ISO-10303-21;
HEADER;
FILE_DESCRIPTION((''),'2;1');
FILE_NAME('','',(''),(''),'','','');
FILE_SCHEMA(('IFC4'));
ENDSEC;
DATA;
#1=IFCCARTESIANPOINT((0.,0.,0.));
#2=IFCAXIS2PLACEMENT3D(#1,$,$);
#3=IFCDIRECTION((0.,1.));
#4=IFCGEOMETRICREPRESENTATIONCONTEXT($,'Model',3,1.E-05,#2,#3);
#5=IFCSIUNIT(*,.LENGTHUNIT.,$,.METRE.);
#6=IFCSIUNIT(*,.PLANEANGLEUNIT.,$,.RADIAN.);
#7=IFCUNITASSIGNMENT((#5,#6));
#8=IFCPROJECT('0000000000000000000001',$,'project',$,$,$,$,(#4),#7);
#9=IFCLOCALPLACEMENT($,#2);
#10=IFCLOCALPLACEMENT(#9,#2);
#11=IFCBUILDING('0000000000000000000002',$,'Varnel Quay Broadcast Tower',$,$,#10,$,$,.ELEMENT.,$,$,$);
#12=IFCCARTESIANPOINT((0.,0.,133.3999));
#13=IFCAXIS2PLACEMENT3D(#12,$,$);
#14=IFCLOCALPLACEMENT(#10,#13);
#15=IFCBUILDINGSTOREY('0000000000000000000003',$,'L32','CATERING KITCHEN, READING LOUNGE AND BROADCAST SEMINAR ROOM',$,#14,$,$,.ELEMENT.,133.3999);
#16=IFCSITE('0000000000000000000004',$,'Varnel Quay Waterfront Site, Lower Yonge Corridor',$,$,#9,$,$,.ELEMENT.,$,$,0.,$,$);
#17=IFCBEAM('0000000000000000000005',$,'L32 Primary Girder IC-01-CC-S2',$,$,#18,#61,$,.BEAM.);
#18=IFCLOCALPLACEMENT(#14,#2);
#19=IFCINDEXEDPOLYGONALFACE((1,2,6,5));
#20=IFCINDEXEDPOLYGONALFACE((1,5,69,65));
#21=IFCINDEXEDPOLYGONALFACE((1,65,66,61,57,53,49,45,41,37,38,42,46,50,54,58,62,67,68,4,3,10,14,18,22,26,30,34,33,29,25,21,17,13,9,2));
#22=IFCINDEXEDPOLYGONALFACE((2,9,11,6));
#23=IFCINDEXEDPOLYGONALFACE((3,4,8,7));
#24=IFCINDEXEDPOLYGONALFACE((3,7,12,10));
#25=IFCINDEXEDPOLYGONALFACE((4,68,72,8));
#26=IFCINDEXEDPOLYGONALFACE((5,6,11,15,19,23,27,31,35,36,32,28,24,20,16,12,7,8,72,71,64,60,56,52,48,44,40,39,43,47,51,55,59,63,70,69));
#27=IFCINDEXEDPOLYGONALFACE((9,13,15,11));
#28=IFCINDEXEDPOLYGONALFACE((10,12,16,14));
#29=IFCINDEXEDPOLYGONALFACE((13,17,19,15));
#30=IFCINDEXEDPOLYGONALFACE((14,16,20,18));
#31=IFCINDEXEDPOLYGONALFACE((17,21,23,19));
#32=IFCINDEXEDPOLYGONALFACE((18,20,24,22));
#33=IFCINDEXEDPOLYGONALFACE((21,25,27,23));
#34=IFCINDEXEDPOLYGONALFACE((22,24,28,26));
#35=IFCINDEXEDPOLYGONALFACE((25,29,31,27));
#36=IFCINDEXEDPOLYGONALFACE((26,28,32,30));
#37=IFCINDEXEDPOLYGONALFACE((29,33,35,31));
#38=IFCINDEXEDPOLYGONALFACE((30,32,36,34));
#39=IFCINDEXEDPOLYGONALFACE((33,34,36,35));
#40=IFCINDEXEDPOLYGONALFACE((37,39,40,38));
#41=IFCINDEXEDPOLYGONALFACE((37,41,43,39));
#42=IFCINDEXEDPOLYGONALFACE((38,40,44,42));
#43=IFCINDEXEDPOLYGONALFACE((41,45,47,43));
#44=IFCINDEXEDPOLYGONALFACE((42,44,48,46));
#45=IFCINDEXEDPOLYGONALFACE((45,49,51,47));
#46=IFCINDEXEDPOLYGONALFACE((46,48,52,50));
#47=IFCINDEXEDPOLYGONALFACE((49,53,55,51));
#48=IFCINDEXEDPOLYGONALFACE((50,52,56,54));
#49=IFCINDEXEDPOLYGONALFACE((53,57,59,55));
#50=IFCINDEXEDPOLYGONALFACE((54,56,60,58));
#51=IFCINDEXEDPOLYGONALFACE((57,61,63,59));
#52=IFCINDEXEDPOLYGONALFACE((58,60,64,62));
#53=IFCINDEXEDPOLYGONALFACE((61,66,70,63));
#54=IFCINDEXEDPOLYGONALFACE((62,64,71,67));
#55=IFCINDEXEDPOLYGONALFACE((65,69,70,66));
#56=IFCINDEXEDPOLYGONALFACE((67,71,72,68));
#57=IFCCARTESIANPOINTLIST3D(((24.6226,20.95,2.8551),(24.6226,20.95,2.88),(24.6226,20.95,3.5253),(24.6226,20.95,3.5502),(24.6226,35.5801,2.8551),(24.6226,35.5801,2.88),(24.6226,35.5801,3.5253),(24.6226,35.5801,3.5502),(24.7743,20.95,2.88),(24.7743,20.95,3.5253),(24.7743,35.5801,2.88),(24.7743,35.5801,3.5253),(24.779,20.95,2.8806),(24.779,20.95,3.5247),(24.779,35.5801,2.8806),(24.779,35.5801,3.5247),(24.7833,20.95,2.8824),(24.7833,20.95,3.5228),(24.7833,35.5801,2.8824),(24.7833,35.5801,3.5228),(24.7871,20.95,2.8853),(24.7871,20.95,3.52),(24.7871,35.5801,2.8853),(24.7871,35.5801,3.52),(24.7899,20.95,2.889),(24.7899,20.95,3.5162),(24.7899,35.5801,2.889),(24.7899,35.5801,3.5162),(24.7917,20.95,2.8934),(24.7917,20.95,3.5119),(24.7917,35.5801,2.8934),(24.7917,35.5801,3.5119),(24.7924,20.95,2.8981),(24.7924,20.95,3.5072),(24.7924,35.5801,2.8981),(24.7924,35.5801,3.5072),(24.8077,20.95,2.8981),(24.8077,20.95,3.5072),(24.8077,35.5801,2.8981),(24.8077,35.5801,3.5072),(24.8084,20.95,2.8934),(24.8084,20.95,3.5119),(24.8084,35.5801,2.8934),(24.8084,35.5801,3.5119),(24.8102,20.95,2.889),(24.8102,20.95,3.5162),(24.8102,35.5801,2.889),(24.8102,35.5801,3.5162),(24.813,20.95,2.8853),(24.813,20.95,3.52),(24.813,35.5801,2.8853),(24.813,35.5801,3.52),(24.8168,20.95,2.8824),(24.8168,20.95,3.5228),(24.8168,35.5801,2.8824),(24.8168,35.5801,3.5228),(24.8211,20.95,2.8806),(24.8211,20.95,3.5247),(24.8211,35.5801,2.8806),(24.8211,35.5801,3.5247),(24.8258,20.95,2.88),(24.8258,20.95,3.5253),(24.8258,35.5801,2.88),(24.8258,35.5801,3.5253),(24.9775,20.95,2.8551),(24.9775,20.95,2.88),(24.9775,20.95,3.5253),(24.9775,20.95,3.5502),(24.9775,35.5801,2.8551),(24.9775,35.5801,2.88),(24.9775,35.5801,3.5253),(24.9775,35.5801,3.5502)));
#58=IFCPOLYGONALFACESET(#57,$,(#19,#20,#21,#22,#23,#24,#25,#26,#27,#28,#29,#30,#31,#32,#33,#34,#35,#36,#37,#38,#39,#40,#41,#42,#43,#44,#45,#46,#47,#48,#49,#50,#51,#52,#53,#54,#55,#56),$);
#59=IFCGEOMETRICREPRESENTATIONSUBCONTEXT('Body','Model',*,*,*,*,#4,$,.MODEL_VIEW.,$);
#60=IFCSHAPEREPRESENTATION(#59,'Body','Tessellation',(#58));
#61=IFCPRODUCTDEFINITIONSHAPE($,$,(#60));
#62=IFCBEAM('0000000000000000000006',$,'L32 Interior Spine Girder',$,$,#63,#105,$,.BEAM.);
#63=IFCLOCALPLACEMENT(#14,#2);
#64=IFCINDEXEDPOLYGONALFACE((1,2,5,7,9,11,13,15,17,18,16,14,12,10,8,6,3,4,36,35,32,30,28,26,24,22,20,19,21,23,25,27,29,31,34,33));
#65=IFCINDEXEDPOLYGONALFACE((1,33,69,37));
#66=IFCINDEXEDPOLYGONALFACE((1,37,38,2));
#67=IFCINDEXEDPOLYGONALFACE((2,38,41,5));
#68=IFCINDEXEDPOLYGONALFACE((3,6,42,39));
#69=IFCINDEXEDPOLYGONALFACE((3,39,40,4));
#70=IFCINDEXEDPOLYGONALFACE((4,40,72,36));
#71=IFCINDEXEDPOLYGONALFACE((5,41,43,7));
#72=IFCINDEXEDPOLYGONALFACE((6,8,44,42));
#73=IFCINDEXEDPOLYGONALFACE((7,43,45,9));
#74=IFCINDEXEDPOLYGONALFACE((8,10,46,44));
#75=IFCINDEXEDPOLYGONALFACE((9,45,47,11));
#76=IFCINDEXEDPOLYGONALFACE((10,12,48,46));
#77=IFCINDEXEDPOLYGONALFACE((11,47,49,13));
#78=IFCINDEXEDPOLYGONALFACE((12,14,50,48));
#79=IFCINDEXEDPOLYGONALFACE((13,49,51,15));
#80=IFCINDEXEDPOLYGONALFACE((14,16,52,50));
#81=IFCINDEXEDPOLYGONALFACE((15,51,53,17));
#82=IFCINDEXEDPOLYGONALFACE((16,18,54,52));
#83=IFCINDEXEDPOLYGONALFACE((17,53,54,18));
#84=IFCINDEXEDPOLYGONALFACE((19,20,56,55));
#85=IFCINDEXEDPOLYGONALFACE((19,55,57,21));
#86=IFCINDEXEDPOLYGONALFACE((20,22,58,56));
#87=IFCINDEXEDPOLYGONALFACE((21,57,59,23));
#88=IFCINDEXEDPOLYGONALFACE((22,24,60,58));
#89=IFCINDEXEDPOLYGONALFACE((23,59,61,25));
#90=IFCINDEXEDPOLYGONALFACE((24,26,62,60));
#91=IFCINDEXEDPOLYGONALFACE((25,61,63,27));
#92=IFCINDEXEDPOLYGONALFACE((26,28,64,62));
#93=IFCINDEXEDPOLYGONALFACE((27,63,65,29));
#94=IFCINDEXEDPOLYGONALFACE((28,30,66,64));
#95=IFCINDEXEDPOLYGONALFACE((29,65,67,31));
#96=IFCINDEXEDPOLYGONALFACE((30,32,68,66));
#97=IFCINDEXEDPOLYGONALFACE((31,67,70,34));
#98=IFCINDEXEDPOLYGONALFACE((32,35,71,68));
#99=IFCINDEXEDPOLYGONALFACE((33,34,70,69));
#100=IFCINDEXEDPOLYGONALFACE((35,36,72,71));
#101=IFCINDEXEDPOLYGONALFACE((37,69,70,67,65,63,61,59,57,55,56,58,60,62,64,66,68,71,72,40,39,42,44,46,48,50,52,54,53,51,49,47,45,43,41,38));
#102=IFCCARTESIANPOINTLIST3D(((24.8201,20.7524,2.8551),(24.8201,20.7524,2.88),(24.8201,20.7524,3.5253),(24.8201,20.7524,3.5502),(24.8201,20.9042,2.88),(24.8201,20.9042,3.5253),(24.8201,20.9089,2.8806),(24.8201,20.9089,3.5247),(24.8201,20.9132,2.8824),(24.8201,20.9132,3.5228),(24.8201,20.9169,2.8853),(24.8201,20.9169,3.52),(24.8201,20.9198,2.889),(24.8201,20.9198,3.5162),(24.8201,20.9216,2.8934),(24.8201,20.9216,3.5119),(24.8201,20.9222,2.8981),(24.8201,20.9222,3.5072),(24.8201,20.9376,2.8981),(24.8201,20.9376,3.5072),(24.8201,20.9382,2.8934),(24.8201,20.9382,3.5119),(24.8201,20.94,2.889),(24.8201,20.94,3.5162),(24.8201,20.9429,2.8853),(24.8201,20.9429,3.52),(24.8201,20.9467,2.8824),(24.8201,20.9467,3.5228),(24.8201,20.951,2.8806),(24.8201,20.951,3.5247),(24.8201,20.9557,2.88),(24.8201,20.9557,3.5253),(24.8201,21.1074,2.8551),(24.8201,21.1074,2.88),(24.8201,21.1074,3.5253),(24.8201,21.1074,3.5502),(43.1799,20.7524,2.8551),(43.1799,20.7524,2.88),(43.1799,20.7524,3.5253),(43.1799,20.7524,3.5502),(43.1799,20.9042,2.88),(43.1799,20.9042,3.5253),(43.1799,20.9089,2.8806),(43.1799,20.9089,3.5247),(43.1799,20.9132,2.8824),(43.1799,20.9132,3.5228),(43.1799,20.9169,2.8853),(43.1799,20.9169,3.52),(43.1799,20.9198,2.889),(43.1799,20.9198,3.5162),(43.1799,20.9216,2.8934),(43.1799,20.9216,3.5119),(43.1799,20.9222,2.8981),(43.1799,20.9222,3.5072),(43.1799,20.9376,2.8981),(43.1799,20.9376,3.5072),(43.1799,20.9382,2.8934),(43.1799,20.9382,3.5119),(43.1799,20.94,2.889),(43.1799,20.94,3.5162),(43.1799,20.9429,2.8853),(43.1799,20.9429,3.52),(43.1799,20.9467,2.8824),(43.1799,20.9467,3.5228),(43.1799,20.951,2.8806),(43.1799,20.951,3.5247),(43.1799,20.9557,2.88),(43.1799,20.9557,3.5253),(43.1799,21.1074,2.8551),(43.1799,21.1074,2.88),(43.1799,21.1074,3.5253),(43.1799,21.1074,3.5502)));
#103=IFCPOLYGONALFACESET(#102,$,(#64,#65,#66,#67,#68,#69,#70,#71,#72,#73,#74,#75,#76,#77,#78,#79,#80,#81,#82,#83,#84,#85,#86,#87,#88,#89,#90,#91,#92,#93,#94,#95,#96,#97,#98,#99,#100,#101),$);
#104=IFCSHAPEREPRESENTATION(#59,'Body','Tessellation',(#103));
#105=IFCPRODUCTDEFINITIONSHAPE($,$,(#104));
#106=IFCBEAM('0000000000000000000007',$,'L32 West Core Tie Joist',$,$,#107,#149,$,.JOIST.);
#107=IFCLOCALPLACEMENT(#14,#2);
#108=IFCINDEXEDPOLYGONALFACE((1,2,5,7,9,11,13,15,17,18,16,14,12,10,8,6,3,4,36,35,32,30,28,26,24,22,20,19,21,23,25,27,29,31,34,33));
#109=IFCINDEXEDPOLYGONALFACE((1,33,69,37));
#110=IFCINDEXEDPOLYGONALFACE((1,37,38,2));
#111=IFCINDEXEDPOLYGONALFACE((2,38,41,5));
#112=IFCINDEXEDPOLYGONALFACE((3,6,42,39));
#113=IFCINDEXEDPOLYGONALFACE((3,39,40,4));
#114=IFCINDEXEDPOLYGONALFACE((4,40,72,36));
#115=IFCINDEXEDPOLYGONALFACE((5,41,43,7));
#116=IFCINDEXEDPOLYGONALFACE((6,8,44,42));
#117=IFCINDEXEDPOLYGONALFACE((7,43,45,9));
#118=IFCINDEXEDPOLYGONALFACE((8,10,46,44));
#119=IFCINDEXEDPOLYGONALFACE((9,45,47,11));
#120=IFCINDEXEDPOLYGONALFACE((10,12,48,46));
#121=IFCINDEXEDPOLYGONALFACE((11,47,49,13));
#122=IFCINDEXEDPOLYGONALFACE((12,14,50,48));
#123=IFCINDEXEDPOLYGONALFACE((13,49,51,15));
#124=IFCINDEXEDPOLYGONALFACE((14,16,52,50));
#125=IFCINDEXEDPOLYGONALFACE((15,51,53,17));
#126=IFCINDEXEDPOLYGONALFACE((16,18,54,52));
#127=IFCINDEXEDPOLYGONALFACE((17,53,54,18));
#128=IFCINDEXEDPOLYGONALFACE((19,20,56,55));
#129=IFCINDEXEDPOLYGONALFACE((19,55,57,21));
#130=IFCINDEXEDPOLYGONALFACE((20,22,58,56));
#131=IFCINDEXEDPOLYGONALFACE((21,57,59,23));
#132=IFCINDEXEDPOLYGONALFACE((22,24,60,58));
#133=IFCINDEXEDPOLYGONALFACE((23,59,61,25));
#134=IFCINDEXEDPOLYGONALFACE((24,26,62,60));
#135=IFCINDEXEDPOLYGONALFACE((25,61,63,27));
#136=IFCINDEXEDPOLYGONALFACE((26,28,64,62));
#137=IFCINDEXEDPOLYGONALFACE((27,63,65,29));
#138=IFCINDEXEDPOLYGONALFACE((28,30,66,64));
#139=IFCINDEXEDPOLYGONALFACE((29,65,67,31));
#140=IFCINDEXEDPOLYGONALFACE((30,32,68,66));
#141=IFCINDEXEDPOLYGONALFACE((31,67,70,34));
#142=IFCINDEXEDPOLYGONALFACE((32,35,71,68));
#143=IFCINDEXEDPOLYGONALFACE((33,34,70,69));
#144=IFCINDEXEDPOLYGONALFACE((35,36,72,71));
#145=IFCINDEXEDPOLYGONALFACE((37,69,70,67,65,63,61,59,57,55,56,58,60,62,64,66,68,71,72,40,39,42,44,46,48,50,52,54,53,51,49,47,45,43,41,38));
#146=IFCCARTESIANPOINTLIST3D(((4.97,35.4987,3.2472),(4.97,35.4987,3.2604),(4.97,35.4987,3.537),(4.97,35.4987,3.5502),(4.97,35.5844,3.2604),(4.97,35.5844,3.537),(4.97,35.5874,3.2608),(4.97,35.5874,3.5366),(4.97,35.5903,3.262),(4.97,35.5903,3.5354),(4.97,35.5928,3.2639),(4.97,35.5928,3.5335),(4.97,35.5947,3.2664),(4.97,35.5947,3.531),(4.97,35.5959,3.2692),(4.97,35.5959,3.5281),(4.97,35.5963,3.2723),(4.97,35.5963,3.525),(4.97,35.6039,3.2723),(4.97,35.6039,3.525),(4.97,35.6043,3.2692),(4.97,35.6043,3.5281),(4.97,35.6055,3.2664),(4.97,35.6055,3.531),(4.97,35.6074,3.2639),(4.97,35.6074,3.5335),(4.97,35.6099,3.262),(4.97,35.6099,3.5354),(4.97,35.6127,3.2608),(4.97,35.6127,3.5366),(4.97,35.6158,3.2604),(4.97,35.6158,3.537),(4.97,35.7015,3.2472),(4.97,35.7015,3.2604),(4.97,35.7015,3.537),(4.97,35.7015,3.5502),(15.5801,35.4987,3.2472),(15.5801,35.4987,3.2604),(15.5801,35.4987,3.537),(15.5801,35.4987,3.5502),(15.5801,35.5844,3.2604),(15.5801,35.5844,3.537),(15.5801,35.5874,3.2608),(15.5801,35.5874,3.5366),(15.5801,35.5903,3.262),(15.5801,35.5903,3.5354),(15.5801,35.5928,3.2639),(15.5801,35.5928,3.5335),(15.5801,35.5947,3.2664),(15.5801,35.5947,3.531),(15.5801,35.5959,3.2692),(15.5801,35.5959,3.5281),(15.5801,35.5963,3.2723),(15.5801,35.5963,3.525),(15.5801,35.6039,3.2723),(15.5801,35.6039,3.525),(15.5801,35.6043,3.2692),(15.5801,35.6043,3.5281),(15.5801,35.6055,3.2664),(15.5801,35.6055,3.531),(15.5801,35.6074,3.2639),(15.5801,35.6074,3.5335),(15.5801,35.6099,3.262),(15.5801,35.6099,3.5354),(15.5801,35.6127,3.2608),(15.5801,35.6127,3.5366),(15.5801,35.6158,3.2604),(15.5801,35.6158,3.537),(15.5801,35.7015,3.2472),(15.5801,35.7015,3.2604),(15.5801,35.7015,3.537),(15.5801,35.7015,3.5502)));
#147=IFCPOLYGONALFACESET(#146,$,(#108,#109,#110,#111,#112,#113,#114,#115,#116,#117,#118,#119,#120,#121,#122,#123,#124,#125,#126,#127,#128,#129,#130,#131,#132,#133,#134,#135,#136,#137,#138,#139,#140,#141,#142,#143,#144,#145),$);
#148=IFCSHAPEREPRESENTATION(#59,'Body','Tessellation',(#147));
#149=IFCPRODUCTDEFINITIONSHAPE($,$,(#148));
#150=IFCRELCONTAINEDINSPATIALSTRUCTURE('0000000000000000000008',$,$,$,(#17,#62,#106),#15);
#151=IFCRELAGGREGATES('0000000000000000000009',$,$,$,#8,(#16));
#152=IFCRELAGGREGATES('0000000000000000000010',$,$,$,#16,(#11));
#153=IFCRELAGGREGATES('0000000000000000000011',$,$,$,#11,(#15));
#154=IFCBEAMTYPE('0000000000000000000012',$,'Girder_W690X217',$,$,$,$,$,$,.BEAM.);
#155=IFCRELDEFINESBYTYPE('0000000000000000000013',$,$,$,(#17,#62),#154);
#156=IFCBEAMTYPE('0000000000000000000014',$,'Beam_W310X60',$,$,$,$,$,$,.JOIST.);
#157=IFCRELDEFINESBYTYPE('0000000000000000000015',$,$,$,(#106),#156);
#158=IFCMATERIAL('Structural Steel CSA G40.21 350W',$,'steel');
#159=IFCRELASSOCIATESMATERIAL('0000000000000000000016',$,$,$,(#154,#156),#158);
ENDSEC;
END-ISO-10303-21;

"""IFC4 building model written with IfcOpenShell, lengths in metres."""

from ifc_helpers import new_model, si_unit, direction, frame, origin, origin_2d, place, context, subcontext, project, spatial, i_section, extrude, source, transform, mapped, material, material_profile, profile_set, type_object, type_shapes, element, save


model = new_model("IFC4")

# Units and contexts
model_context = context("Model", 3, precision=1e-05, world=origin(), true_north=direction((0.0, 1.0)))
body_context = subcontext(model_context, "Body", "Model", "MODEL_VIEW")
ifc_project = project(units=[si_unit("LENGTHUNIT", "METRE"), si_unit("PLANEANGLEUNIT", "RADIAN")], contexts=[model_context])

# Site, building, storey
site_placement = place(None, origin())
site = spatial("IfcSite", under=ifc_project, at=site_placement, Name="Varnel Quay Waterfront Site, Lower Yonge Corridor", CompositionType="ELEMENT", RefElevation=0.0)
building_placement = place(site_placement, origin())
building = spatial("IfcBuilding", under=site, at=building_placement, Name="Varnel Quay Broadcast Tower", CompositionType="ELEMENT")
storey_placement = place(building_placement, frame((0.0, 0.0, 133.3999)))
storey = spatial("IfcBuildingStorey", under=building, at=storey_placement, Name="L32", Description="CATERING KITCHEN, READING LOUNGE AND BROADCAST SEMINAR ROOM", CompositionType="ELEMENT", Elevation=133.3999)

# Shared definitions
ifc_material_1 = material(Name="Structural Steel CSA G40.21 350W", Category="steel")

# Beams
ifc_material_profile_1 = material_profile(ifc_material_1, i_section(OverallWidth=0.355, OverallDepth=0.6951, WebThickness=0.0154, FlangeThickness=0.0249, FilletRadius=0.0181, at=origin_2d()), Name="W690X217")
ifc_profile_set_1 = profile_set([ifc_material_profile_1], Name="Structural Steel CSA G40.21 350W")
beam_type_1 = type_object("IfcBeamType", Name="Girder_W690X217", PredefinedType="BEAM", material=ifc_profile_set_1)
shared_shape_1 = source(origin(), body_context, "Body", "SweptSolid", [
    extrude(i_section(OverallWidth=0.355, OverallDepth=0.6951, WebThickness=0.0154, FlangeThickness=0.0249, FilletRadius=0.0181, at=origin_2d()), origin(), (0.0, 0.0, 1.0), 14.6301),
])
beam_1_placement = place(storey_placement, frame((24.8, 20.95, 3.2026), z_axis=(0.0, 1.0, 0.0), x_axis=(-1.0, 0.0, 0.0)))
element("IfcBeam", 1, at=beam_1_placement, inside=storey, type_object=beam_type_1, Name="L32 Primary Girder IC-01-CC-S2", PredefinedType="BEAM", context=body_context, shape_type="MappedRepresentation", body=[
    mapped(shared_shape_1, transform((0.0, 0.0, 0.0), x_axis=(1.0, 0.0, 0.0), y_axis=(0.0, 1.0, 0.0), z_axis=(0.0, 0.0, 1.0), scale=1.0)),
])
shared_shape_2 = source(origin(), body_context, "Body", "SweptSolid", [
    extrude(i_section(OverallWidth=0.355, OverallDepth=0.6951, WebThickness=0.0154, FlangeThickness=0.0249, FilletRadius=0.0181, at=origin_2d()), origin(), (0.0, 0.0, 1.0), 18.3599),
])
type_shapes(beam_type_1, [shared_shape_1, shared_shape_2])
beam_2_placement = place(storey_placement, frame((24.8201, 20.9299, 3.2026), z_axis=(1.0, 0.0, 0.0), x_axis=(0.0, 1.0, 0.0)))
element("IfcBeam", 2, at=beam_2_placement, inside=storey, type_object=beam_type_1, Name="L32 Interior Spine Girder", PredefinedType="BEAM", context=body_context, shape_type="MappedRepresentation", body=[
    mapped(shared_shape_2, transform((0.0, 0.0, 0.0), x_axis=(1.0, 0.0, 0.0), y_axis=(0.0, 1.0, 0.0), z_axis=(0.0, 0.0, 1.0), scale=1.0)),
])
ifc_material_profile_2 = material_profile(ifc_material_1, i_section(OverallWidth=0.2029, OverallDepth=0.303, WebThickness=0.0076, FlangeThickness=0.0132, FilletRadius=0.012, at=origin_2d()), Name="W310X60")
ifc_profile_set_2 = profile_set([ifc_material_profile_2], Name="Structural Steel CSA G40.21 350W")
beam_type_2 = type_object("IfcBeamType", Name="Beam_W310X60", PredefinedType="JOIST", material=ifc_profile_set_2)
shared_shape_3 = source(origin(), body_context, "Body", "SweptSolid", [
    extrude(i_section(OverallWidth=0.2029, OverallDepth=0.303, WebThickness=0.0076, FlangeThickness=0.0132, FilletRadius=0.012, at=origin_2d()), origin(), (0.0, 0.0, 1.0), 10.6101),
])
beam_3_placement = place(storey_placement, frame((4.97, 35.6001, 3.3987), z_axis=(1.0, 0.0, 0.0), x_axis=(0.0, 1.0, 0.0)))
element("IfcBeam", 3, at=beam_3_placement, inside=storey, type_object=beam_type_2, Name="L32 West Core Tie Joist", PredefinedType="JOIST", context=body_context, shape_type="MappedRepresentation", body=[
    mapped(shared_shape_3, transform((0.0, 0.0, 0.0), x_axis=(1.0, 0.0, 0.0), y_axis=(0.0, 1.0, 0.0), z_axis=(0.0, 0.0, 1.0), scale=1.0)),
])

save(model, "model.ifc")
